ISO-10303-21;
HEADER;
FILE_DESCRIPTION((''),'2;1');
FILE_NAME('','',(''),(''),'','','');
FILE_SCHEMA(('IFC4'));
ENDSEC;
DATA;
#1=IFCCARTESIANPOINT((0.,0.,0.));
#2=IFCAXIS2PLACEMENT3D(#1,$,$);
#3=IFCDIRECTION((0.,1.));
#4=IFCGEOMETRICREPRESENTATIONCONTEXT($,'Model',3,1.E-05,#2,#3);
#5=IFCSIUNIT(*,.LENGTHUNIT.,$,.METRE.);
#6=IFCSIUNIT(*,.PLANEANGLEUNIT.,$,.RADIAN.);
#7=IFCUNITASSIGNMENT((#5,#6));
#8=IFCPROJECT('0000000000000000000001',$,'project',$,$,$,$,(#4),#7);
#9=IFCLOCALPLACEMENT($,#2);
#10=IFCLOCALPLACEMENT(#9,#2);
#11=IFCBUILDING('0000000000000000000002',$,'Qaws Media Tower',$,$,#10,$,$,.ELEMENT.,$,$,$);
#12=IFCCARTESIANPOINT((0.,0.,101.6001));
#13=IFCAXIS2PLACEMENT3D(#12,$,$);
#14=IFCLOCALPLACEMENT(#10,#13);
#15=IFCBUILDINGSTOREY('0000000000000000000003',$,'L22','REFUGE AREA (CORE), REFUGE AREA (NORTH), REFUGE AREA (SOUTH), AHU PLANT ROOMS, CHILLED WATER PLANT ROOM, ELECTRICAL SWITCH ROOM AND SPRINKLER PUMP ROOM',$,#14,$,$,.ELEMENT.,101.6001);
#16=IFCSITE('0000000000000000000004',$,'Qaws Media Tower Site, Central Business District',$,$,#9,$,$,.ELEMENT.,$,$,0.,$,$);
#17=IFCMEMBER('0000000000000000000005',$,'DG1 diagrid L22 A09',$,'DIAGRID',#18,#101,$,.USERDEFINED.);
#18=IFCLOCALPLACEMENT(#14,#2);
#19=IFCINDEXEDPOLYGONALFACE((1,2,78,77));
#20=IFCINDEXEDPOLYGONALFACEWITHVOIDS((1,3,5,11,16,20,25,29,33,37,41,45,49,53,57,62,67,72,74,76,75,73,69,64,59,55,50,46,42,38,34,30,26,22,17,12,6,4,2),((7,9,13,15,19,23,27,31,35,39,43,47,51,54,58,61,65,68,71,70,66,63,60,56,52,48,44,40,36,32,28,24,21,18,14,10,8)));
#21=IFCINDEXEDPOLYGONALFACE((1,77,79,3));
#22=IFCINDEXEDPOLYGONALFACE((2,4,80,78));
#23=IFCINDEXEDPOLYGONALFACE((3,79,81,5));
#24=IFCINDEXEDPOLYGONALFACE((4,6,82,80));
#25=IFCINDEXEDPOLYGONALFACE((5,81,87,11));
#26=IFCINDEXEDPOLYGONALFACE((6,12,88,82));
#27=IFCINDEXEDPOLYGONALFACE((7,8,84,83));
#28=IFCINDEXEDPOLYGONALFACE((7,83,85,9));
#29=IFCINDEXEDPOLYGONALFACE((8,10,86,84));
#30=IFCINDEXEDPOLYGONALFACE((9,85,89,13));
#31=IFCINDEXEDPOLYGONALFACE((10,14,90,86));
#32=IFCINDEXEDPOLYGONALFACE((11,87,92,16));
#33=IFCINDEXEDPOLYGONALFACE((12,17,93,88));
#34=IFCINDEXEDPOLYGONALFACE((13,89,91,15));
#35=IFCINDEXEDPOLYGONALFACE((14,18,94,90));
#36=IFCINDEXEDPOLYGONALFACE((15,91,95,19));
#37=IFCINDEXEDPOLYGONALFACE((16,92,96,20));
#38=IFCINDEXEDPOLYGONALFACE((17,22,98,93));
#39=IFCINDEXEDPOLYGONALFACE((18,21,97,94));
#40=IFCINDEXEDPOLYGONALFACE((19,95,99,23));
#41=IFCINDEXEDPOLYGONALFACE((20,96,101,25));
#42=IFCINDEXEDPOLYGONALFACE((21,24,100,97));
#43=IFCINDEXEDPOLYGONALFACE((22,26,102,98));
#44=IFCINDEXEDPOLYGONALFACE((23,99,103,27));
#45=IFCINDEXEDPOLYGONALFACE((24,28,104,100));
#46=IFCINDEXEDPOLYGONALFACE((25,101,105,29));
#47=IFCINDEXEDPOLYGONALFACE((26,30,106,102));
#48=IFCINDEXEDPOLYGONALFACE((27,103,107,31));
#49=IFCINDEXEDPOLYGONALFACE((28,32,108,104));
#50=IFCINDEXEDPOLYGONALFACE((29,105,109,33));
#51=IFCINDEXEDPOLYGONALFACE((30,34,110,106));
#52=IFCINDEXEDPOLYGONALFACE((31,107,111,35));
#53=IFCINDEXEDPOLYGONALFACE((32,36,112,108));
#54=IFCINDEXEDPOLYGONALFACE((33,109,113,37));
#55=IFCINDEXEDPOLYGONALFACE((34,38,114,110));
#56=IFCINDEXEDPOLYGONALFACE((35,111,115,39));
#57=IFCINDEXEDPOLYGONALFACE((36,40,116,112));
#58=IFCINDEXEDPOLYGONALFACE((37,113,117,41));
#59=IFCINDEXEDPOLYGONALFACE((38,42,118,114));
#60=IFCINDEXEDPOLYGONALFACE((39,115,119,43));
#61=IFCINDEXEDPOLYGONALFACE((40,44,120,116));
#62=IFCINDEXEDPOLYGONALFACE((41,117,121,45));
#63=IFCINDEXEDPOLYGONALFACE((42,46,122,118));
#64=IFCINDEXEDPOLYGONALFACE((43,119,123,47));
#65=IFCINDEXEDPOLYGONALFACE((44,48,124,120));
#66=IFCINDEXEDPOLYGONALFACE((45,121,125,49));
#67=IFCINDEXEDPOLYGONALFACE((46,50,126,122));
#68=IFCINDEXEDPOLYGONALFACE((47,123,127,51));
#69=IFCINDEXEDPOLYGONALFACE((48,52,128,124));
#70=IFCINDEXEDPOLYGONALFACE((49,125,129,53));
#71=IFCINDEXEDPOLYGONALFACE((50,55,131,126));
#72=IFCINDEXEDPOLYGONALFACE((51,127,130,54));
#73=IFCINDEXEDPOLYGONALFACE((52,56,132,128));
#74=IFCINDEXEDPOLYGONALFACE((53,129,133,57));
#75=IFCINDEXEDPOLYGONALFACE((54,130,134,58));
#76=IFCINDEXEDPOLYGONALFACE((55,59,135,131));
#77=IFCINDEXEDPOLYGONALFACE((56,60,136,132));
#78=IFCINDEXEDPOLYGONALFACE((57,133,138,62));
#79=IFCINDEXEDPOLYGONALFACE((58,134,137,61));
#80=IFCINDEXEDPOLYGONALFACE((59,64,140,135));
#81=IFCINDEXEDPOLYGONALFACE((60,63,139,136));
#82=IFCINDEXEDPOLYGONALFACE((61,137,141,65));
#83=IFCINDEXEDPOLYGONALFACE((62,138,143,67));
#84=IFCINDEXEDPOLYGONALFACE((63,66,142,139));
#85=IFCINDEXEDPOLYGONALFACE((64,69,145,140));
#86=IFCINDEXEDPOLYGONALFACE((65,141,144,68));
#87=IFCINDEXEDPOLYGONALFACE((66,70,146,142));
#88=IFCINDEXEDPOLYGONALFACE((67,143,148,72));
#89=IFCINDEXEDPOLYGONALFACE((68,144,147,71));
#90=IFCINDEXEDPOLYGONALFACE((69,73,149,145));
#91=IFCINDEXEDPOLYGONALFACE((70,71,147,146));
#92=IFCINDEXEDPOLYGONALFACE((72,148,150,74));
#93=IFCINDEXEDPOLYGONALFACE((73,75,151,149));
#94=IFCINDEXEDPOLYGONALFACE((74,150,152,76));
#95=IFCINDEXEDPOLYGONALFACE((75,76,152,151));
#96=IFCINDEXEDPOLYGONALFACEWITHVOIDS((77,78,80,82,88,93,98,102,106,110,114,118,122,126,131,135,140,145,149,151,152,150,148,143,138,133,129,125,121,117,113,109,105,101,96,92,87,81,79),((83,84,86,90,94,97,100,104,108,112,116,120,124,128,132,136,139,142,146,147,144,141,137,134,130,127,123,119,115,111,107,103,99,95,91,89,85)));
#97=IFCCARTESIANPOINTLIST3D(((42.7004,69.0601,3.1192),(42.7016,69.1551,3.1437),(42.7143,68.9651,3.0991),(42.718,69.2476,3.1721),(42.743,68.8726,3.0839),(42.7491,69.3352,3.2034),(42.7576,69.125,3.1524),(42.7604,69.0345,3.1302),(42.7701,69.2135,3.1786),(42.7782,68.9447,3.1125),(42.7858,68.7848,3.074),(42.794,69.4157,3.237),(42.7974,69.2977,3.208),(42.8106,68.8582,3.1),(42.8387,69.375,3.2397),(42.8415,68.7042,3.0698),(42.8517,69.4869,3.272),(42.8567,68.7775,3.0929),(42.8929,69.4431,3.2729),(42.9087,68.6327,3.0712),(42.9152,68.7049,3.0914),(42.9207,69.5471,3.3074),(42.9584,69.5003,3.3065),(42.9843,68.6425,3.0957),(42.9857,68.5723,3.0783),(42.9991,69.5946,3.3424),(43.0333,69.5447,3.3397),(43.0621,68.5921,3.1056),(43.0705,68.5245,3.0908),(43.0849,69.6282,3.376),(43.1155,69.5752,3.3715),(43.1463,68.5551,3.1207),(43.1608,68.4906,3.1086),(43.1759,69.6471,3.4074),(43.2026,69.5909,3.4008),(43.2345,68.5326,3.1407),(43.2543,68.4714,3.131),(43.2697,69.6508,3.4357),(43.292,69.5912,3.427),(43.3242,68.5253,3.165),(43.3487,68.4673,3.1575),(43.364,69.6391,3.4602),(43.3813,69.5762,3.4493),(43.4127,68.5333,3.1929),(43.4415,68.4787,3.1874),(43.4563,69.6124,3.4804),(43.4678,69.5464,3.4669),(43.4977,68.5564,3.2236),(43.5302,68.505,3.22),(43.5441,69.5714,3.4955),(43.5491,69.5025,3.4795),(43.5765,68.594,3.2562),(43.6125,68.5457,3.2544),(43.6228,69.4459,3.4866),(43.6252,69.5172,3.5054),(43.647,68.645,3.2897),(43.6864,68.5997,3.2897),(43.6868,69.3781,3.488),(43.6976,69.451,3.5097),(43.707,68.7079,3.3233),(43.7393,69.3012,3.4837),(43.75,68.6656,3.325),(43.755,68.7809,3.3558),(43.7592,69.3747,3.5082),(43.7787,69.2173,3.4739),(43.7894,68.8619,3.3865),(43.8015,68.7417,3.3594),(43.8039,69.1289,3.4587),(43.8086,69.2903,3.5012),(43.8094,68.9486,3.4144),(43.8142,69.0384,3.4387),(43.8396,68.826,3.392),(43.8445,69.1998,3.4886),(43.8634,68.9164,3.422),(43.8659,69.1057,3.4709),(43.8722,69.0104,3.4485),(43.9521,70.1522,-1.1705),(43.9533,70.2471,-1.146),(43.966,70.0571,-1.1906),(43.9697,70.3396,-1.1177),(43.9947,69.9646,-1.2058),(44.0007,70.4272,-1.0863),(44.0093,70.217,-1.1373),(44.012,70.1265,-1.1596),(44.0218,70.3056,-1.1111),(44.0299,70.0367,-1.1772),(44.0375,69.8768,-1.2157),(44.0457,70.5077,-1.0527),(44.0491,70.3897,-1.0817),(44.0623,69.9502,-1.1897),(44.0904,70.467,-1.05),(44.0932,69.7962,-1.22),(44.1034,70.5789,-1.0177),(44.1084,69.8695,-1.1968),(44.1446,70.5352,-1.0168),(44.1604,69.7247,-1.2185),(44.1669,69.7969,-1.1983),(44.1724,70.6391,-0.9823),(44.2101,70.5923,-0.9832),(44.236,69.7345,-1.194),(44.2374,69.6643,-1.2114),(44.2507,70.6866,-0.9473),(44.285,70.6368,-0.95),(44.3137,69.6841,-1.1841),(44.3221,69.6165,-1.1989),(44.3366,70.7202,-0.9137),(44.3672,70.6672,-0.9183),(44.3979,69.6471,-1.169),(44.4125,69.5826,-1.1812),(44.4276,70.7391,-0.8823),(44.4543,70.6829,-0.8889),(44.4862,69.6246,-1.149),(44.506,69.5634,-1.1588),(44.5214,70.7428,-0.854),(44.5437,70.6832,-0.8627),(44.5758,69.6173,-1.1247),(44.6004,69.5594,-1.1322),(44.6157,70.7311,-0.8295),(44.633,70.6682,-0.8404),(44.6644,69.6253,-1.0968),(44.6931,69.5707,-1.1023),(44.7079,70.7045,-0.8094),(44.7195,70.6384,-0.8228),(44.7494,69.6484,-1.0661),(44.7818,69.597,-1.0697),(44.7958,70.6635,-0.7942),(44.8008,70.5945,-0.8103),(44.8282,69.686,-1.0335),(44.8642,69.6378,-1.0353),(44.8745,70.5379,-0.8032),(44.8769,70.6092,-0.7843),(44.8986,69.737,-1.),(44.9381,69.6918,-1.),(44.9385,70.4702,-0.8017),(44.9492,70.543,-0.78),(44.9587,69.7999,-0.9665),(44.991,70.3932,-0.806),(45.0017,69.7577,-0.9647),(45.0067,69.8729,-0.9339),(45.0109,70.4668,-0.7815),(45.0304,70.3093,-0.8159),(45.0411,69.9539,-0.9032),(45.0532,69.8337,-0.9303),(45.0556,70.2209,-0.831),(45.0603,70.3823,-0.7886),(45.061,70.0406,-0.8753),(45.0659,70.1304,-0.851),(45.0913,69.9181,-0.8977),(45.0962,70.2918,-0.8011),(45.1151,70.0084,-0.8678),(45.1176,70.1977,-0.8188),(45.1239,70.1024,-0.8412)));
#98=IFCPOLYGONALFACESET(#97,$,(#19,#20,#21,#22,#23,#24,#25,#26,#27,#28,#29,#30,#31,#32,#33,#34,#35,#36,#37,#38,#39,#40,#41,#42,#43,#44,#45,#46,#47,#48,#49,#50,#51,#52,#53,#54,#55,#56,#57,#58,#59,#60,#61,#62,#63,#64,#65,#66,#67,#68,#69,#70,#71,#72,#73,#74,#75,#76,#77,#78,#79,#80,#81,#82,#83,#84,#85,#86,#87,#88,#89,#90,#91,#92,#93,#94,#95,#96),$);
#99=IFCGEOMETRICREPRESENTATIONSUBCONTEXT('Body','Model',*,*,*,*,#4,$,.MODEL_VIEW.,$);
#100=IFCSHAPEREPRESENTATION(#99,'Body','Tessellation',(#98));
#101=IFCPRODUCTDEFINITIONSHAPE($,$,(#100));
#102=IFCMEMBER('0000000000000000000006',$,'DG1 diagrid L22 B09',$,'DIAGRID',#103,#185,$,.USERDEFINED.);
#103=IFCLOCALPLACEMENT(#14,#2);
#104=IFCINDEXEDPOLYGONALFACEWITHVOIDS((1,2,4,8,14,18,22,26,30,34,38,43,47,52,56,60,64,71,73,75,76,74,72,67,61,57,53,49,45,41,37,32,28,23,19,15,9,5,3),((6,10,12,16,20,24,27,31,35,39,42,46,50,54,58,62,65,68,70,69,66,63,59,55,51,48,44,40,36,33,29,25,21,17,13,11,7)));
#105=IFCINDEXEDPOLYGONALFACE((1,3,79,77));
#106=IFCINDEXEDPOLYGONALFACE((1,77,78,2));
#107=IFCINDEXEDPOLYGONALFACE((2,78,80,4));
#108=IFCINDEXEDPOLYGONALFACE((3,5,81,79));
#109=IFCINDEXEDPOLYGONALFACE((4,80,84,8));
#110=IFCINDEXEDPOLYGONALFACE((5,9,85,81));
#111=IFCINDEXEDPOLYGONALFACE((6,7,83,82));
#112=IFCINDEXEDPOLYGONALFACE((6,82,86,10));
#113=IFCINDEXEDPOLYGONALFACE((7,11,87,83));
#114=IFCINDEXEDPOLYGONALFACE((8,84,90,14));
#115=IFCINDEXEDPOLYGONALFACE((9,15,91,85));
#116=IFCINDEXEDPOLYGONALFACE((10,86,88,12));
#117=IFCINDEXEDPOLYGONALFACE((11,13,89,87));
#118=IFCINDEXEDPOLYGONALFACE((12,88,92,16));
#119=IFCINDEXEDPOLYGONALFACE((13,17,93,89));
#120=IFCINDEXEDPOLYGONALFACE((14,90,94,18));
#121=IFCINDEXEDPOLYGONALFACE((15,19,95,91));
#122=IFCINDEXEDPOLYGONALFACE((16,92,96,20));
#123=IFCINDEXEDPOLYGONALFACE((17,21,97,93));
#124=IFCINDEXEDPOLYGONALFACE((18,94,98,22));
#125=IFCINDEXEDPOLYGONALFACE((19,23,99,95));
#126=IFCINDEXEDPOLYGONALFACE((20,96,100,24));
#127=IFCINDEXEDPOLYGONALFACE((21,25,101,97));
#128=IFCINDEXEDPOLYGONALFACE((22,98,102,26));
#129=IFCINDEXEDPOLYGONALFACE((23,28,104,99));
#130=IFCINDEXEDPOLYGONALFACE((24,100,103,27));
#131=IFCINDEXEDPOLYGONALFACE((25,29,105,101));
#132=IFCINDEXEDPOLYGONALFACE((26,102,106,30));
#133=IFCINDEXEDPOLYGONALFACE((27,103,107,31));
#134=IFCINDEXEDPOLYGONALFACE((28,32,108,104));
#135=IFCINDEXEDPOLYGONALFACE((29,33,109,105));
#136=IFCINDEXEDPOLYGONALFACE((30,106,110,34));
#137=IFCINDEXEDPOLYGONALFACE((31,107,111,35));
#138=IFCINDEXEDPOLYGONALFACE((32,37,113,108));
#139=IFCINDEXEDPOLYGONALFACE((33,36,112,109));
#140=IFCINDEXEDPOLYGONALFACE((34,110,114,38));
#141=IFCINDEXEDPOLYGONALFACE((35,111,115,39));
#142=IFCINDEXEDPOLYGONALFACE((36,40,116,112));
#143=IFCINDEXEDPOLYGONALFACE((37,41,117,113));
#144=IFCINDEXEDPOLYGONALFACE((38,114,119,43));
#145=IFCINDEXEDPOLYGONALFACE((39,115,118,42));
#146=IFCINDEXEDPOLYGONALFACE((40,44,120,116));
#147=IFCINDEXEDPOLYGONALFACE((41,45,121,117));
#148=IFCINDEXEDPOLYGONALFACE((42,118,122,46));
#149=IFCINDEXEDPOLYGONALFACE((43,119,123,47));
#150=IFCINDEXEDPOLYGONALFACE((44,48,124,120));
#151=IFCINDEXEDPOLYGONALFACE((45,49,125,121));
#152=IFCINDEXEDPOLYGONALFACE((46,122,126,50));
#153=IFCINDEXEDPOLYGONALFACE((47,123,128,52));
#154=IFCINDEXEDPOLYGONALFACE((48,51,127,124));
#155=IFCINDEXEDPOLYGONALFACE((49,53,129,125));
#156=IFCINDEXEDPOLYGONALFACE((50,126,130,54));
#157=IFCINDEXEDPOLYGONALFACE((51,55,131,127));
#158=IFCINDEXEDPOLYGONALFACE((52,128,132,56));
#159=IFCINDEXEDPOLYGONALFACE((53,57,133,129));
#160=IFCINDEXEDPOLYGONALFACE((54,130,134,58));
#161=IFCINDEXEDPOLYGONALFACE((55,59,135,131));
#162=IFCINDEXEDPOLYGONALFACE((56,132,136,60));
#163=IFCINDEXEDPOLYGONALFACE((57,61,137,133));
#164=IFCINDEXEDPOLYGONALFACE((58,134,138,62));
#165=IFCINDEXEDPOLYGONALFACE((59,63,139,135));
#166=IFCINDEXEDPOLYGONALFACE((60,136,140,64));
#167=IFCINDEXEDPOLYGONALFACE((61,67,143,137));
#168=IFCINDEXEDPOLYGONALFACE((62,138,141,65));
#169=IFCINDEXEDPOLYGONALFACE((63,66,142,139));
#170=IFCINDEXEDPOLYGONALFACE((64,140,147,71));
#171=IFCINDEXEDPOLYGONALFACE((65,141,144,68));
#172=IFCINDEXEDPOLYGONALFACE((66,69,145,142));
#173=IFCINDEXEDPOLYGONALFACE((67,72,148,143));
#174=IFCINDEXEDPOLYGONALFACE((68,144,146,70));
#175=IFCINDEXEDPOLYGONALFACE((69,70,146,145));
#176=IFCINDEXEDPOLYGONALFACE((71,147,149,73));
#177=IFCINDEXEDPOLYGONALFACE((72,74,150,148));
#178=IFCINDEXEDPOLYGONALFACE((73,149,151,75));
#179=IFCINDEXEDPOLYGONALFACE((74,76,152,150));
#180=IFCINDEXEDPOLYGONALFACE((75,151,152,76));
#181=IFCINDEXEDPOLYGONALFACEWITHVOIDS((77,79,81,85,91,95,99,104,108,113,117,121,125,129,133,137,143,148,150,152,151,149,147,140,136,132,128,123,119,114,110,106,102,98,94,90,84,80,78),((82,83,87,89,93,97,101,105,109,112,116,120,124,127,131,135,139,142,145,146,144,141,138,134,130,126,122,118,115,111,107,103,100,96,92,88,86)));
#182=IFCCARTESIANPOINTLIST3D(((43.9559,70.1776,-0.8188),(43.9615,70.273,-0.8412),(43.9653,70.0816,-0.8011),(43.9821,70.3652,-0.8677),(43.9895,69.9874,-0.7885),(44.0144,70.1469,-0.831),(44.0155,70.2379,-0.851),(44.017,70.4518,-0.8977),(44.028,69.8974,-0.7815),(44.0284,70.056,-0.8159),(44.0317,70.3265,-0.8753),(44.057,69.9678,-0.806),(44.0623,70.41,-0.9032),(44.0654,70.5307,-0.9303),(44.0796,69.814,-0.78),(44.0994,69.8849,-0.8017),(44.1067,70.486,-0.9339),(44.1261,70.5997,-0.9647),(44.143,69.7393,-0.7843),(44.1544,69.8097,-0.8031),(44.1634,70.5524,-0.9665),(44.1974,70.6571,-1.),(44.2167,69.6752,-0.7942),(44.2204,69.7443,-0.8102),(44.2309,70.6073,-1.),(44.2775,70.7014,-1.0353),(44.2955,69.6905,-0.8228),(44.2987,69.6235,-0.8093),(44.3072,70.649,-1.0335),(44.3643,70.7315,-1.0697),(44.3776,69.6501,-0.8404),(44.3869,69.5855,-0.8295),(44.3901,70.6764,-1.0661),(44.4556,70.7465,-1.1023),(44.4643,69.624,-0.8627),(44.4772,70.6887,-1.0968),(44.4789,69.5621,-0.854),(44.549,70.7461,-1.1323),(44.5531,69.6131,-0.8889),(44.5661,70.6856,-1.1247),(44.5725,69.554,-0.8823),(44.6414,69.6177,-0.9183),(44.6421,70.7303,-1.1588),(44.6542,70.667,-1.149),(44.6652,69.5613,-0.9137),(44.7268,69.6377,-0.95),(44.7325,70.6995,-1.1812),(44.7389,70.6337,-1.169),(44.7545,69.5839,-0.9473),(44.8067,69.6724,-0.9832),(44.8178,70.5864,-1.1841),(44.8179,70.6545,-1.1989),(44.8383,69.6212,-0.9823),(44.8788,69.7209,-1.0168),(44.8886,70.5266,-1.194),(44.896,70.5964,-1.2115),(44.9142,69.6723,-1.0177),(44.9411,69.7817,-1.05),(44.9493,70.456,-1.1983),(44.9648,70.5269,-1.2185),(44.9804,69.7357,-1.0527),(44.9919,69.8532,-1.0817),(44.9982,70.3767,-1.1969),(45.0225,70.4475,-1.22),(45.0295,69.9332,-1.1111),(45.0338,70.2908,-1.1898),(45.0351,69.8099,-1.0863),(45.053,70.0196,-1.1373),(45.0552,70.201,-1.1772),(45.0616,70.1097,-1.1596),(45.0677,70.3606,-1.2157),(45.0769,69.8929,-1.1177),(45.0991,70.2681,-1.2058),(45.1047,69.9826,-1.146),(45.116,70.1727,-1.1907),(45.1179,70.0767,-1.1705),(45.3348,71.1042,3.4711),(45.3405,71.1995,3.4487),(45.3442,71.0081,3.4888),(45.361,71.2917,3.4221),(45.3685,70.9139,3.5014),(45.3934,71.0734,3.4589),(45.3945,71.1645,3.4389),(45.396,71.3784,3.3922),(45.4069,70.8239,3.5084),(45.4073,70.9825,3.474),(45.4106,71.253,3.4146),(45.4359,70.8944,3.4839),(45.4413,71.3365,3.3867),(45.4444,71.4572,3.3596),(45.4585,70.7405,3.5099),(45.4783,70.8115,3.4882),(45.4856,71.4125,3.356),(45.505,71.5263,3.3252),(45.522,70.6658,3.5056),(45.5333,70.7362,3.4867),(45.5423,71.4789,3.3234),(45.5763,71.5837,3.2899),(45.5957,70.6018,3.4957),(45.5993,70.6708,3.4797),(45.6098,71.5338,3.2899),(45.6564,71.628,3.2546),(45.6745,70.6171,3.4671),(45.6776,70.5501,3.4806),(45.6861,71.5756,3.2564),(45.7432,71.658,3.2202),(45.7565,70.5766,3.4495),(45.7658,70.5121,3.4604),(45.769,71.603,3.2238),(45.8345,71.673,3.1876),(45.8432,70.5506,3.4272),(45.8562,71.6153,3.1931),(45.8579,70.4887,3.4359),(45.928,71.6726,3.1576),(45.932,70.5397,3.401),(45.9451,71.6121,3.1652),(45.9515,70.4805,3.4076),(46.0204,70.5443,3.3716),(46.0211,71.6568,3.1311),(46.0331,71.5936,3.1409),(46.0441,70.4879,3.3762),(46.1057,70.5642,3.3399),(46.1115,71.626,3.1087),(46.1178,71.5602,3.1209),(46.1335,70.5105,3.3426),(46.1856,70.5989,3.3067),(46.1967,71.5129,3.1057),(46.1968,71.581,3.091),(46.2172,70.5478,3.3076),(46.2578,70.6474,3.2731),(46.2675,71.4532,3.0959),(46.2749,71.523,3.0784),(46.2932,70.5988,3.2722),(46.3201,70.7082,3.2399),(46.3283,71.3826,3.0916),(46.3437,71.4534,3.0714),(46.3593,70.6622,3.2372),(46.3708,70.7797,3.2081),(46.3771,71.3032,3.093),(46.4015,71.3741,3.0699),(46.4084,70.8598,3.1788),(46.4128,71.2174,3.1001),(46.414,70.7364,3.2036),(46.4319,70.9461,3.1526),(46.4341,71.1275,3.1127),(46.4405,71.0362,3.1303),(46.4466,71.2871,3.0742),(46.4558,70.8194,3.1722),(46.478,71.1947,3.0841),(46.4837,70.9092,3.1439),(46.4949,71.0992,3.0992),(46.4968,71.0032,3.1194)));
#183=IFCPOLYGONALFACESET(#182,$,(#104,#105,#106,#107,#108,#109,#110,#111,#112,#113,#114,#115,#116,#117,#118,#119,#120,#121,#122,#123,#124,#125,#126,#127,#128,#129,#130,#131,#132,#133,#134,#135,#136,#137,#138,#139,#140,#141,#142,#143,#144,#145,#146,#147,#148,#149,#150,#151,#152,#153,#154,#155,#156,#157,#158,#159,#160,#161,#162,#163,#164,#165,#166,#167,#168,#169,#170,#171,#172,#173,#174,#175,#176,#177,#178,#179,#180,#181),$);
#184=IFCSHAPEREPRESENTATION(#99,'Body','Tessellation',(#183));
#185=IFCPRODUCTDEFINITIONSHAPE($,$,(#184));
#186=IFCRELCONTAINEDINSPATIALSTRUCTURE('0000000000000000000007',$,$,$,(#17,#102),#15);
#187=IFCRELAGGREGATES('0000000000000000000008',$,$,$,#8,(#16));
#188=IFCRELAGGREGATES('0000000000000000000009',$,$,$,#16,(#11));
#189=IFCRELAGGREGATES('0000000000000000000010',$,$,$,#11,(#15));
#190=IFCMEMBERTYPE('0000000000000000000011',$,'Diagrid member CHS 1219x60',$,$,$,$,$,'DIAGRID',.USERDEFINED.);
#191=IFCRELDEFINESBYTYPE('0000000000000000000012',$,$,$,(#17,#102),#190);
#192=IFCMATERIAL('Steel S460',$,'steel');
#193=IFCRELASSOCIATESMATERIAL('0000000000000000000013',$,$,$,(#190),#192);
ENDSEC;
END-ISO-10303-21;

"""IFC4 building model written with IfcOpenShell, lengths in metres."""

from ifc_helpers import new_model, si_unit, direction, frame, origin, origin_2d, place, context, subcontext, project, spatial, hollow_circle, extrude, material, material_profile, profile_set, type_object, element, save


model = new_model("IFC4")

# Units and contexts
model_context = context("Model", 3, precision=1e-05, world=origin(), true_north=direction((0.0, 1.0)))
body_context = subcontext(model_context, "Body", "Model", "MODEL_VIEW")
ifc_project = project(units=[si_unit("LENGTHUNIT", "METRE"), si_unit("PLANEANGLEUNIT", "RADIAN")], contexts=[model_context])

# Site, building, storey
site_placement = place(None, origin())
site = spatial("IfcSite", under=ifc_project, at=site_placement, Name="Qaws Media Tower Site, Central Business District", CompositionType="ELEMENT", RefElevation=0.0)
building_placement = place(site_placement, origin())
building = spatial("IfcBuilding", under=site, at=building_placement, Name="Qaws Media Tower", CompositionType="ELEMENT")
storey_placement = place(building_placement, frame((0.0, 0.0, 101.6001)))
storey = spatial("IfcBuildingStorey", under=building, at=storey_placement, Name="L22", Description="REFUGE AREA (CORE), REFUGE AREA (NORTH), REFUGE AREA (SOUTH), AHU PLANT ROOMS, CHILLED WATER PLANT ROOM, ELECTRICAL SWITCH ROOM AND SPRINKLER PUMP ROOM", CompositionType="ELEMENT", Elevation=101.6001)

# Members
ifc_material_1 = material(Name="Steel S460", Category="steel")
ifc_material_profile_1 = material_profile(ifc_material_1, hollow_circle(Radius=0.6096, WallThickness=0.0601, at=origin_2d()), Name="CHS 1219x60")
ifc_profile_set_1 = profile_set([ifc_material_profile_1], Name="Steel S460")
member_type_1 = type_object("IfcMemberType", Name="Diagrid member CHS 1219x60", ElementType="DIAGRID", PredefinedType="USERDEFINED", material=ifc_profile_set_1)
member_1_placement = place(storey_placement, frame((44.5374, 70.1511, -1.0), z_axis=(-0.2721, -0.237391, 0.932527), x_axis=(0.657411, -0.753532, 0.0)))
element("IfcMember", 1, at=member_1_placement, inside=storey, type_object=member_type_1, Name="DG1 diagrid L22 A09", ObjectType="DIAGRID", PredefinedType="USERDEFINED", context=body_context, shape_type="SweptSolid", body=[
    extrude(hollow_circle(Radius=0.6096, WallThickness=0.0601, at=origin_2d()), origin(), (0.0, 0.0, 1.0), 4.6001),
])
for number, where, z_axis, x_axis, name in (
    (2, (44.5374, 70.1511, -1.0), (0.299747, 0.201406, 0.932517), (-0.557715, 0.830033, 0.0), "DG1 diagrid L22 B09"),
):
    element("IfcMember", number, at=place(storey_placement, frame(where, z_axis=z_axis, x_axis=x_axis)), inside=storey, type_object=member_type_1, Name=name, ObjectType="DIAGRID", PredefinedType="USERDEFINED", context=body_context, shape_type="SweptSolid", body=[
        extrude(hollow_circle(Radius=0.6096, WallThickness=0.0601, at=origin_2d()), origin(), (0.0, 0.0, 1.0), 4.6003),
    ])

save(model, "model.ifc")
